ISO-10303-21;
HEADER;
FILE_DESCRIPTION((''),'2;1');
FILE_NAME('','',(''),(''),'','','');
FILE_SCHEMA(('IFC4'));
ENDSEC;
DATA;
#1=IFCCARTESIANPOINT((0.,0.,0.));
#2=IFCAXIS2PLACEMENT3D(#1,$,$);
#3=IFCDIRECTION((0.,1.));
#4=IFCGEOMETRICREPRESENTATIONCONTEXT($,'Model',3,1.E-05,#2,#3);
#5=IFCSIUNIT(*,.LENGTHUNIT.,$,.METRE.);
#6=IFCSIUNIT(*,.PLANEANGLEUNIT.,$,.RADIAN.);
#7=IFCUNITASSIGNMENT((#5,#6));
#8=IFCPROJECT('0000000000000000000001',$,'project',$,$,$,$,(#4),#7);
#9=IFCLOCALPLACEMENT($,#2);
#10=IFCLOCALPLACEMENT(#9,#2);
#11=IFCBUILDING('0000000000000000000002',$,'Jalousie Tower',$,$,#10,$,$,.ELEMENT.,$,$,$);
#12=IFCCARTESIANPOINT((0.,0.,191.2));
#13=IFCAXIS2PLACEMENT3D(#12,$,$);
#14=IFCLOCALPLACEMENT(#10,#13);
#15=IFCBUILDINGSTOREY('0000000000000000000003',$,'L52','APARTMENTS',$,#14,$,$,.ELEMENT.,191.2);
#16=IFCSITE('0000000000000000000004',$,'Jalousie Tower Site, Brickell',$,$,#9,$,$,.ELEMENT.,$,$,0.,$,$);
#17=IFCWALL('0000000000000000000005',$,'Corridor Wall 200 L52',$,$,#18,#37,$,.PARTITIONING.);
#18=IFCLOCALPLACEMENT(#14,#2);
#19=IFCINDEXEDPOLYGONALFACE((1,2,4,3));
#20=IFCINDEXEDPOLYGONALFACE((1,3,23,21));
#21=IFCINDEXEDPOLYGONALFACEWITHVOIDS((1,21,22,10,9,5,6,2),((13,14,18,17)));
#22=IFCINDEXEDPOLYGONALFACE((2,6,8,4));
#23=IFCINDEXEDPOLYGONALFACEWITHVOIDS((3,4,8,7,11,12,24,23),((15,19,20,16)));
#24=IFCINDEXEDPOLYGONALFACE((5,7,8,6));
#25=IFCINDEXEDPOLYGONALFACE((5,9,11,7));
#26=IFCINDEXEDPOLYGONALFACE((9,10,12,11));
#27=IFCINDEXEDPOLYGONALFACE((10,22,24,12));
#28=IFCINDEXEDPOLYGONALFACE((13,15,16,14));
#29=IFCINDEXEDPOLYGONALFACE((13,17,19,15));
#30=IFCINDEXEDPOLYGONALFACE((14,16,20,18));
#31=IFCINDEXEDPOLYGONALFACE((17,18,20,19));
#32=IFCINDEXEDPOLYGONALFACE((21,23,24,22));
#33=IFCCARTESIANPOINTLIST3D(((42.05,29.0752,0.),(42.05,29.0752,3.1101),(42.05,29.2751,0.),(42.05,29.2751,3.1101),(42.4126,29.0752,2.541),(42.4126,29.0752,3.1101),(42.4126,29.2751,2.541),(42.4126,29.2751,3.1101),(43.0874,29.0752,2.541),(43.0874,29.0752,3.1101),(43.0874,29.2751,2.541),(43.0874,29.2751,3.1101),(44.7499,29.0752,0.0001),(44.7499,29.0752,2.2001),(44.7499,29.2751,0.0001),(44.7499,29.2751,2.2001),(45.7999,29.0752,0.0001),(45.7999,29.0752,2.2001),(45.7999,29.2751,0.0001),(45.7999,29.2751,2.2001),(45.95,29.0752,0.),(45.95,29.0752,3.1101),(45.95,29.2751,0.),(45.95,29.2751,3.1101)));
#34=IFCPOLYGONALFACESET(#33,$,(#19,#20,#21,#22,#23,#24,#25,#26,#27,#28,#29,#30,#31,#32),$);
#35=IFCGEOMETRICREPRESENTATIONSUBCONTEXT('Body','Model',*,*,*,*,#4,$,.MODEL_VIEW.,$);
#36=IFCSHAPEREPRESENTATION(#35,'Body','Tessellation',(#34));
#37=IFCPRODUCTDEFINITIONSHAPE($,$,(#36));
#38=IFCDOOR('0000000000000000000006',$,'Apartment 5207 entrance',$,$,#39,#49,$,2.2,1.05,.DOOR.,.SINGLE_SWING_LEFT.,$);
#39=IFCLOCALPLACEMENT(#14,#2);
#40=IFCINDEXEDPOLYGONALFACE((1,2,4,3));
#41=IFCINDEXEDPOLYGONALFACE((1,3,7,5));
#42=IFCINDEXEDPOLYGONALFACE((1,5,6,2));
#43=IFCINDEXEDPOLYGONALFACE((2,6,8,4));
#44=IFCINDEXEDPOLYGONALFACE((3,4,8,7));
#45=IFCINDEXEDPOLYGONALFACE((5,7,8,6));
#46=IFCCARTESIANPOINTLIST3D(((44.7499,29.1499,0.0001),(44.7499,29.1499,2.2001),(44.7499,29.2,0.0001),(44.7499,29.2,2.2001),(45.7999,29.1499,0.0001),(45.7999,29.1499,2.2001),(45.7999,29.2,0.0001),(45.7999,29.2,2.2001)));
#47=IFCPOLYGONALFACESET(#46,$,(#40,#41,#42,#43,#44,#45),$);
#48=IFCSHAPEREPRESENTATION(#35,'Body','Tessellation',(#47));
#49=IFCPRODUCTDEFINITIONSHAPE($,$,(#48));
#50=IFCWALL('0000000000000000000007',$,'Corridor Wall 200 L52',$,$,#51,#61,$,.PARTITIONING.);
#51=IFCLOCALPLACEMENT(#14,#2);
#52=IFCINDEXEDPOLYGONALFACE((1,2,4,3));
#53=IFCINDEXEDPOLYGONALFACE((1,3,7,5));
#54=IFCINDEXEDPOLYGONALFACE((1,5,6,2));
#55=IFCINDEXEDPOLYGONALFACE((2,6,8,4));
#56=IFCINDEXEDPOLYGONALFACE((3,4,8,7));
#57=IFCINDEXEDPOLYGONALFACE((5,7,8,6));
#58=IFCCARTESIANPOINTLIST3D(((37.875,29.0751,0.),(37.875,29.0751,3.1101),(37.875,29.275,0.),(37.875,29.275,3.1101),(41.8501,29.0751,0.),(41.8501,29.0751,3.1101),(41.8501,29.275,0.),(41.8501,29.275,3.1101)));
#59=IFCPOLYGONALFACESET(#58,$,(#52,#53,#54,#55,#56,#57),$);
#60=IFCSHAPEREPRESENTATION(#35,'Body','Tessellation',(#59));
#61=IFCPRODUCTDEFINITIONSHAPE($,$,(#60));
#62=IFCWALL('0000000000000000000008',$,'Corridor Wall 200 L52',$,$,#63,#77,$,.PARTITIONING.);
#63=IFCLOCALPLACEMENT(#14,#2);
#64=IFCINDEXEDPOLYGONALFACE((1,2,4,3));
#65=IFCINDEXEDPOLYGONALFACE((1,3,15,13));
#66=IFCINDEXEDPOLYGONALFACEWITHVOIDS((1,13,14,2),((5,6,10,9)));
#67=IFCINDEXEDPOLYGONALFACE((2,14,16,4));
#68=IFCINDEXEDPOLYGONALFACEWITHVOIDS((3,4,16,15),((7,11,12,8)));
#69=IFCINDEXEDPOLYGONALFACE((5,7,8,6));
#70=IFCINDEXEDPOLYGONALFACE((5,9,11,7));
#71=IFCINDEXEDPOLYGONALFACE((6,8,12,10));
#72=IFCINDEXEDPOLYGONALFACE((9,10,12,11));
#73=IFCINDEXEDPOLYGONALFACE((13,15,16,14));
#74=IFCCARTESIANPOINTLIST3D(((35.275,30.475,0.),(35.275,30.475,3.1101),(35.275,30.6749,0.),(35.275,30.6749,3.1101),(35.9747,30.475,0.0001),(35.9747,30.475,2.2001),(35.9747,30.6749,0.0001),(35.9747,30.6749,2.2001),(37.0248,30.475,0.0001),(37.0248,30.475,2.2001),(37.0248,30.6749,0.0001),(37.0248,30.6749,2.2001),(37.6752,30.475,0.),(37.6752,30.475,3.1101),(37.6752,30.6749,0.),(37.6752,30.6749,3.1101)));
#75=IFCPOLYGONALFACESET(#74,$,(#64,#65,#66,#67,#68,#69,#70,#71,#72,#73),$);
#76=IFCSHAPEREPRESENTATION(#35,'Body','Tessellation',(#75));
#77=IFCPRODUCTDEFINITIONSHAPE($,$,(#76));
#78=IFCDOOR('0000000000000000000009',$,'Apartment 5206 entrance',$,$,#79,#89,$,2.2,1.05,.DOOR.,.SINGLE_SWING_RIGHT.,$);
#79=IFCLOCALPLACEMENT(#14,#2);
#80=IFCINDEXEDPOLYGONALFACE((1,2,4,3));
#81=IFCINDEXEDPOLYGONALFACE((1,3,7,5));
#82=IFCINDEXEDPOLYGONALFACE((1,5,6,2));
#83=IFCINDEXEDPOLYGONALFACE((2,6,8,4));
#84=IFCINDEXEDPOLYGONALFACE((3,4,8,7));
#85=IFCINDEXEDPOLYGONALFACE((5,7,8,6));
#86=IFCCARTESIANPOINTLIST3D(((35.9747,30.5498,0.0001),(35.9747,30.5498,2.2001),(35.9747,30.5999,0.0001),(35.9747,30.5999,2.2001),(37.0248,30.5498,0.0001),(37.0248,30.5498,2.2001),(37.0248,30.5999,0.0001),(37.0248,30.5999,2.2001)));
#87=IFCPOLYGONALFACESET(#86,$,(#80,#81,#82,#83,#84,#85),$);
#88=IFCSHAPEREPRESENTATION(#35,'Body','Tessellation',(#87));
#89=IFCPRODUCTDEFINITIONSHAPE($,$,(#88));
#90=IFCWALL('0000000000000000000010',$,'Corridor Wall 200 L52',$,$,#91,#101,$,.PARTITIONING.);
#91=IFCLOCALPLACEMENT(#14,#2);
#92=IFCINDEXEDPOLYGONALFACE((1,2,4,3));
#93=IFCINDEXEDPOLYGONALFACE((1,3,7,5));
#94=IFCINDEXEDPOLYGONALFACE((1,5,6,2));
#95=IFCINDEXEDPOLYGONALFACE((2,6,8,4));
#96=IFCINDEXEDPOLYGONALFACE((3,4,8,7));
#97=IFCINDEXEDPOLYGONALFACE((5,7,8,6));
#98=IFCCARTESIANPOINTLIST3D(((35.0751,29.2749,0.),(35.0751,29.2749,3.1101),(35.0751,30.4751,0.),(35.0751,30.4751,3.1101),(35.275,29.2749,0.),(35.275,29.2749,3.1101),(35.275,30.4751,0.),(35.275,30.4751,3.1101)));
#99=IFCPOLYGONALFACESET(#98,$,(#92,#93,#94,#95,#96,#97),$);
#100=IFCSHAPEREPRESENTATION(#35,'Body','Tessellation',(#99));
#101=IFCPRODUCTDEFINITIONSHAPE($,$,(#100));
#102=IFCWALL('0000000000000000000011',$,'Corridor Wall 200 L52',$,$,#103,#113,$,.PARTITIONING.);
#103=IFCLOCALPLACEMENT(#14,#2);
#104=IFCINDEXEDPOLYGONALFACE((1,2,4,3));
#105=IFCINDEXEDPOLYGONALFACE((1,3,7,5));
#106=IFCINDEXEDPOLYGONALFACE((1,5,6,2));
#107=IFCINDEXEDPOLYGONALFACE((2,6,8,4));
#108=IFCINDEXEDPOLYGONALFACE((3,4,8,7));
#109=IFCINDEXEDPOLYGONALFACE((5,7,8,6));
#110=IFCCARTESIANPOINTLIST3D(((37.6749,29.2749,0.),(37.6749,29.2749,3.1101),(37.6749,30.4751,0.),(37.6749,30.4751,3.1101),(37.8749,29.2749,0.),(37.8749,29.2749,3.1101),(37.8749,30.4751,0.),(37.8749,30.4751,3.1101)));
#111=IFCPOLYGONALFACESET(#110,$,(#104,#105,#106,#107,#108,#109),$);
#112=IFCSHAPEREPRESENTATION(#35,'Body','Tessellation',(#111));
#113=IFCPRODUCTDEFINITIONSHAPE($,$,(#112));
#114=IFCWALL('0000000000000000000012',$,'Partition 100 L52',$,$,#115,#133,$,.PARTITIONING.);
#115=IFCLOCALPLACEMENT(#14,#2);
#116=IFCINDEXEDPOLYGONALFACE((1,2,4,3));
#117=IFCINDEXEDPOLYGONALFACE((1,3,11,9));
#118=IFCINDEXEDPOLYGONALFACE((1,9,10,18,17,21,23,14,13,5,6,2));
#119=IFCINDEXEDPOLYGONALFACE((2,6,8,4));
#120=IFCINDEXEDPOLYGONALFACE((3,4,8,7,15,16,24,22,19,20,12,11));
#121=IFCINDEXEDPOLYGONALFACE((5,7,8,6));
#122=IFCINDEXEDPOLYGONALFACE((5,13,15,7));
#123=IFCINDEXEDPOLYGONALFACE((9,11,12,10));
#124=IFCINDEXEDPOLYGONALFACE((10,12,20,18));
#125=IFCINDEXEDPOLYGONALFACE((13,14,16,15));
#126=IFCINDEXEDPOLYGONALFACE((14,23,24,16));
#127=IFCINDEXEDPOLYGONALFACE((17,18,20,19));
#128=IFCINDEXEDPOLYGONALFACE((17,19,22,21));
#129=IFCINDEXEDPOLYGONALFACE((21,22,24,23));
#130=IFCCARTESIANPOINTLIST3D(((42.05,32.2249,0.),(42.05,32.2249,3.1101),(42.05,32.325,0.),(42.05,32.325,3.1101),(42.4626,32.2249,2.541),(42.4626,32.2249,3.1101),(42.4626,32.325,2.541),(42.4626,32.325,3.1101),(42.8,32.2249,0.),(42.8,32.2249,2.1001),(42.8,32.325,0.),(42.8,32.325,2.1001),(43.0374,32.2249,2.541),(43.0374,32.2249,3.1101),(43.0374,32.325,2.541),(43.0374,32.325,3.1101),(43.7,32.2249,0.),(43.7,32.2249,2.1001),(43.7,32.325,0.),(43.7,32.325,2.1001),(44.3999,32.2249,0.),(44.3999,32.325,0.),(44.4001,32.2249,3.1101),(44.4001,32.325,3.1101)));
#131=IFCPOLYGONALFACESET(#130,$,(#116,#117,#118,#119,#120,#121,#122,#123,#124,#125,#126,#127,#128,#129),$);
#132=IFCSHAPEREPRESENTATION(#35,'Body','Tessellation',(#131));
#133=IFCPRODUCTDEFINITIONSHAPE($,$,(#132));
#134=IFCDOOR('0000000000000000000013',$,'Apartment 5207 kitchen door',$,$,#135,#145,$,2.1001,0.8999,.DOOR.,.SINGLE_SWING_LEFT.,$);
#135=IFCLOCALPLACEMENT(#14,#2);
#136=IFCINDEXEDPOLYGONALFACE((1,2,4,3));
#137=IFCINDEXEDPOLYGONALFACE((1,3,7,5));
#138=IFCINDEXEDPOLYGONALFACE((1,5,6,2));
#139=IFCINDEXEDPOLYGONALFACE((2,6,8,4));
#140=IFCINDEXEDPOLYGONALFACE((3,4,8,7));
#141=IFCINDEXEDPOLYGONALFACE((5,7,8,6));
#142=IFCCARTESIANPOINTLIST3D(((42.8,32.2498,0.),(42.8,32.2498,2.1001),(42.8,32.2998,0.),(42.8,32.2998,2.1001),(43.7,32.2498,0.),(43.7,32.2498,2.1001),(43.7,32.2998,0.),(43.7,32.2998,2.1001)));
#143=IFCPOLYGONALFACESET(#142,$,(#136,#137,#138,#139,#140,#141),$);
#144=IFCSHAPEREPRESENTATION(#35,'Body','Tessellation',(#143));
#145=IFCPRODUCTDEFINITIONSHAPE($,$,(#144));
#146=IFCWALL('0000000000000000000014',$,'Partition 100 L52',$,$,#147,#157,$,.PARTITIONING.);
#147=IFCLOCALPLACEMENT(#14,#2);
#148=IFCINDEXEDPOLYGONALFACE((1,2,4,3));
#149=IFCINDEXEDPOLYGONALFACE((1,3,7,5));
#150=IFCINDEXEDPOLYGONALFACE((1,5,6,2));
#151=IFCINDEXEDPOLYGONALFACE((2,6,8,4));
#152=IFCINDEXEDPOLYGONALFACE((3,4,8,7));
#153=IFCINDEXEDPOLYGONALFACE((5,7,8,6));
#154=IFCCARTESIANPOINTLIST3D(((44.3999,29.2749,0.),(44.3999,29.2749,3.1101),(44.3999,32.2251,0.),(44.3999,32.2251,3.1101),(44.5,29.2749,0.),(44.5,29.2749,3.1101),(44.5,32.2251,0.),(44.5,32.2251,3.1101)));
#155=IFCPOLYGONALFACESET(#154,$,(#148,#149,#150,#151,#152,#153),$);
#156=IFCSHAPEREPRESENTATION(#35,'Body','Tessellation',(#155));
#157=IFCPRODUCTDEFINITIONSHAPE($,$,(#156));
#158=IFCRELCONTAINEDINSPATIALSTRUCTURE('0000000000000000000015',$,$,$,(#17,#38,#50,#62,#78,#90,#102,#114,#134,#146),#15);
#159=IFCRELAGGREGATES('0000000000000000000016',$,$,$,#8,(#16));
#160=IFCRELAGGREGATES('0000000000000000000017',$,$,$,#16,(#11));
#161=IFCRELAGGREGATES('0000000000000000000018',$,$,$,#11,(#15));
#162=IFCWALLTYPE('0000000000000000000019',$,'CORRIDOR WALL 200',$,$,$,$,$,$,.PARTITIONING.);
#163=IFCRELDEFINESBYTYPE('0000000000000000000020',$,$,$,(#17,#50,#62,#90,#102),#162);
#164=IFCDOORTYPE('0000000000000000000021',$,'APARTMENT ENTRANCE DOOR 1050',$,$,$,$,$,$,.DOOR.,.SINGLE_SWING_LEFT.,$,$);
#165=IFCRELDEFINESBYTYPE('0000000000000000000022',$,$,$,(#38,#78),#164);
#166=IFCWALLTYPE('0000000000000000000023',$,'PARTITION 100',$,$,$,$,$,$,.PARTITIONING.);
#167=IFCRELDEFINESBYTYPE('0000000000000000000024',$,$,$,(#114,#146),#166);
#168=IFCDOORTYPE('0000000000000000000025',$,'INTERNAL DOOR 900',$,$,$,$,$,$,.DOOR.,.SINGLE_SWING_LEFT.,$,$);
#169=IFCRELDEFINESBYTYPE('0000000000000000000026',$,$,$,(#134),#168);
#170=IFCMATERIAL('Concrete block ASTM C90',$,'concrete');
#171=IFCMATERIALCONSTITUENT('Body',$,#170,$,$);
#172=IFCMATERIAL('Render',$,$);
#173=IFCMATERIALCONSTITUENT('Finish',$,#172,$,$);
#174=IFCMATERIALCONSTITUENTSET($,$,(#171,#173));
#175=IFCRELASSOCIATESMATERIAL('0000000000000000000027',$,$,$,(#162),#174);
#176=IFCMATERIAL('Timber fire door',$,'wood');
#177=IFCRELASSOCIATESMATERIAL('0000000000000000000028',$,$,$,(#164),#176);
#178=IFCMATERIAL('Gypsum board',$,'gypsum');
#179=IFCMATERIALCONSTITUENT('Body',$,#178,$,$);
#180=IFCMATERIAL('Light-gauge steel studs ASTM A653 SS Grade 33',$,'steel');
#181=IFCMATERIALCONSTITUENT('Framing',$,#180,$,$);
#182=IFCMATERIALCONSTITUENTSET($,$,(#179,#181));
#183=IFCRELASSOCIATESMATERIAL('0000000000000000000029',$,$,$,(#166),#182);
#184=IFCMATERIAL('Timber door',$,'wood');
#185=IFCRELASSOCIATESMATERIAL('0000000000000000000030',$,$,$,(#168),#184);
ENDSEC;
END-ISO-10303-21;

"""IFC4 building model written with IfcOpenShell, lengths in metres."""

from ifc_helpers import new_model, si_unit, direction, frame, frame_2d, origin, place, context, subcontext, project, spatial, polyline, rectangle, outline, extrude, material, constituent, constituent_set, type_object, element, fill, save


model = new_model("IFC4")

# Units and contexts
model_context = context("Model", 3, precision=1e-05, world=origin(), true_north=direction((0.0, 1.0)))
body_context = subcontext(model_context, "Body", "Model", "MODEL_VIEW")
ifc_project = project(units=[si_unit("LENGTHUNIT", "METRE"), si_unit("PLANEANGLEUNIT", "RADIAN")], contexts=[model_context])

# Site, building, storey
site_placement = place(None, origin())
site = spatial("IfcSite", under=ifc_project, at=site_placement, Name="Jalousie Tower Site, Brickell", CompositionType="ELEMENT", RefElevation=0.0)
building_placement = place(site_placement, origin())
building = spatial("IfcBuilding", under=site, at=building_placement, Name="Jalousie Tower", CompositionType="ELEMENT")
storey_placement = place(building_placement, frame((0.0, 0.0, 191.2)))
storey = spatial("IfcBuildingStorey", under=building, at=storey_placement, Name="L52", Description="APARTMENTS", CompositionType="ELEMENT", Elevation=191.2)

# Wall, opening, door
ifc_material_1 = material(Name="Concrete block ASTM C90", Category="concrete")
ifc_constituent_1 = constituent(ifc_material_1, Name="Body")
ifc_material_2 = material(Name="Render")
ifc_constituent_2 = constituent(ifc_material_2, Name="Finish")
ifc_constituent_set_1 = constituent_set(constituents=[ifc_constituent_1, ifc_constituent_2])
wall_type_1 = type_object("IfcWallType", Name="CORRIDOR WALL 200", PredefinedType="PARTITIONING", material=ifc_constituent_set_1)
wall_1_placement = place(storey_placement, frame((42.05, 29.175, 0.0), z_axis=(0.0, 0.0, 1.0), x_axis=(1.0, 0.0, 0.0)))
wall_1 = element("IfcWall", 1, at=wall_1_placement, inside=storey, type_object=wall_type_1, Name="Corridor Wall 200 L52", PredefinedType="PARTITIONING", context=body_context, shape_type="SweptSolid", body=[
    extrude(outline(polyline([(0.0, 0.0), (3.8999, 0.0), (3.8999, 3.1101), (1.0374, 3.1101), (1.0374, 2.541), (0.3625, 2.541), (0.3625, 3.1101), (0.0, 3.1101), (0.0, 0.0)])), frame((0.0, 0.1001, 0.0), z_axis=(0.0, -1.0, 0.0), x_axis=(1.0, 0.0, 0.0)), (0.0, 0.0, 1.0), 0.2),
])
opening_1_placement = place(wall_1_placement, frame((2.7, 0.0, 0.0)))
opening_1 = element("IfcOpeningElement", 2, at=opening_1_placement, cuts=wall_1, PredefinedType="OPENING", context=body_context, shape_type="SweptSolid", body=[
    extrude(rectangle(XDim=1.05, YDim=2.2, at=frame_2d((0.5249, 1.1001))), frame((0.0, 0.1099, 0.0), z_axis=(0.0, -1.0, 0.0), x_axis=(1.0, 0.0, 0.0)), (0.0, 0.0, 1.0), 0.22),
])
ifc_material_3 = material(Name="Timber fire door", Category="wood")
door_type_1 = type_object("IfcDoorType", Name="APARTMENT ENTRANCE DOOR 1050", OperationType="SINGLE_SWING_LEFT", PredefinedType="DOOR", material=ifc_material_3)
door_1_placement = place(opening_1_placement, origin())
door_1 = element("IfcDoor", 3, at=door_1_placement, inside=storey, type_object=door_type_1, Name="Apartment 5207 entrance", OperationType="SINGLE_SWING_LEFT", OverallHeight=2.2, OverallWidth=1.05, PredefinedType="DOOR", context=body_context, shape_type="SweptSolid", body=[
    extrude(rectangle(XDim=1.05, YDim=2.2, at=frame_2d((0.5249, 1.1001))), frame((0.0, 0.0249, 0.0), z_axis=(0.0, -1.0, 0.0), x_axis=(1.0, 0.0, 0.0)), (0.0, 0.0, 1.0), 0.05),
])
fill(opening_1, door_1)

# Wall
wall_2_placement = place(storey_placement, frame((37.875, 29.175, 0.0), z_axis=(0.0, 0.0, 1.0), x_axis=(1.0, 0.0, 0.0)))
element("IfcWall", 4, at=wall_2_placement, inside=storey, type_object=wall_type_1, Name="Corridor Wall 200 L52", PredefinedType="PARTITIONING", context=body_context, shape_type="SweptSolid", body=[
    extrude(rectangle(XDim=3.9751, YDim=0.2, at=frame_2d((1.9875, 0.0))), origin(), (0.0, 0.0, 1.0), 3.1101),
])

# Wall, opening, door
wall_3_placement = place(storey_placement, frame((35.2749, 30.575, 0.0), z_axis=(0.0, 0.0, 1.0), x_axis=(1.0, 0.0, 0.0)))
wall_3 = element("IfcWall", 5, at=wall_3_placement, inside=storey, type_object=wall_type_1, Name="Corridor Wall 200 L52", PredefinedType="PARTITIONING", context=body_context, shape_type="SweptSolid", body=[
    extrude(rectangle(XDim=2.4001, YDim=0.2, at=frame_2d((1.2002, 0.0))), origin(), (0.0, 0.0, 1.0), 3.1101),
])
opening_2_placement = place(wall_3_placement, frame((0.7, 0.0, 0.0)))
opening_2 = element("IfcOpeningElement", 6, at=opening_2_placement, cuts=wall_3, PredefinedType="OPENING", context=body_context, shape_type="SweptSolid", body=[
    extrude(rectangle(XDim=1.05, YDim=2.2, at=frame_2d((0.5249, 1.1001))), frame((0.0, 0.1099, 0.0), z_axis=(0.0, -1.0, 0.0), x_axis=(1.0, 0.0, 0.0)), (0.0, 0.0, 1.0), 0.22),
])
door_2_placement = place(opening_2_placement, origin())
door_2 = element("IfcDoor", 7, at=door_2_placement, inside=storey, type_object=door_type_1, Name="Apartment 5206 entrance", OperationType="SINGLE_SWING_RIGHT", OverallHeight=2.2, OverallWidth=1.05, PredefinedType="DOOR", context=body_context, shape_type="SweptSolid", body=[
    extrude(rectangle(XDim=1.05, YDim=2.2, at=frame_2d((0.5249, 1.1001))), frame((0.0, 0.0249, 0.0), z_axis=(0.0, -1.0, 0.0), x_axis=(1.0, 0.0, 0.0)), (0.0, 0.0, 1.0), 0.05),
])
fill(opening_2, door_2)

# Walls
for number, where, z_axis, x_axis, name in (
    (8, (35.175, 29.2749, 0.0), (0.0, 0.0, 1.0), (0.0, 1.0, 0.0), "Corridor Wall 200 L52"),
    (9, (37.7749, 29.2749, 0.0), (0.0, 0.0, 1.0), (0.0, 1.0, 0.0), "Corridor Wall 200 L52"),
):
    element("IfcWall", number, at=place(storey_placement, frame(where, z_axis=z_axis, x_axis=x_axis)), inside=storey, type_object=wall_type_1, Name=name, PredefinedType="PARTITIONING", context=body_context, shape_type="SweptSolid", body=[
        extrude(rectangle(XDim=1.2002, YDim=0.2, at=frame_2d((0.6001, 0.0))), origin(), (0.0, 0.0, 1.0), 3.1101),
    ])

# Wall, opening, door
ifc_material_4 = material(Name="Gypsum board", Category="gypsum")
ifc_constituent_3 = constituent(ifc_material_4, Name="Body")
ifc_material_5 = material(Name="Light-gauge steel studs ASTM A653 SS Grade 33", Category="steel")
ifc_constituent_4 = constituent(ifc_material_5, Name="Framing")
ifc_constituent_set_2 = constituent_set(constituents=[ifc_constituent_3, ifc_constituent_4])
wall_type_2 = type_object("IfcWallType", Name="PARTITION 100", PredefinedType="PARTITIONING", material=ifc_constituent_set_2)
wall_4_placement = place(storey_placement, frame((42.05, 32.2749, 0.0), z_axis=(0.0, 0.0, 1.0), x_axis=(1.0, 0.0, 0.0)))
wall_4 = element("IfcWall", 10, at=wall_4_placement, inside=storey, type_object=wall_type_2, Name="Partition 100 L52", PredefinedType="PARTITIONING", context=body_context, shape_type="SweptSolid", body=[
    extrude(outline(polyline([(0.0, 0.0), (2.3499, 0.0), (2.3501, 3.1101), (0.9873, 3.1101), (0.9873, 2.541), (0.4126, 2.541), (0.4126, 3.1101), (0.0, 3.1101), (0.0, 0.0)])), frame((0.0, 0.05, 0.0), z_axis=(0.0, -1.0, 0.0), x_axis=(1.0, 0.0, 0.0)), (0.0, 0.0, 1.0), 0.1001),
])
opening_3_placement = place(wall_4_placement, frame((0.75, 0.0, 0.0)))
opening_3 = element("IfcOpeningElement", 11, at=opening_3_placement, cuts=wall_4, PredefinedType="OPENING", context=body_context, shape_type="SweptSolid", body=[
    extrude(rectangle(XDim=0.8999, YDim=2.1001, at=frame_2d((0.45, 1.05))), frame((0.0, 0.0601, 0.0), z_axis=(0.0, -1.0, 0.0), x_axis=(1.0, 0.0, 0.0)), (0.0, 0.0, 1.0), 0.1201),
])
ifc_material_6 = material(Name="Timber door", Category="wood")
door_type_2 = type_object("IfcDoorType", Name="INTERNAL DOOR 900", OperationType="SINGLE_SWING_LEFT", PredefinedType="DOOR", material=ifc_material_6)
door_3_placement = place(opening_3_placement, origin())
door_3 = element("IfcDoor", 12, at=door_3_placement, inside=storey, type_object=door_type_2, Name="Apartment 5207 kitchen door", OperationType="SINGLE_SWING_LEFT", OverallHeight=2.1001, OverallWidth=0.8999, PredefinedType="DOOR", context=body_context, shape_type="SweptSolid", body=[
    extrude(rectangle(XDim=0.8999, YDim=2.1001, at=frame_2d((0.45, 1.05))), frame((0.0, 0.0249, 0.0), z_axis=(0.0, -1.0, 0.0), x_axis=(1.0, 0.0, 0.0)), (0.0, 0.0, 1.0), 0.05),
])
fill(opening_3, door_3)

# Wall
wall_5_placement = place(storey_placement, frame((44.45, 32.2251, 0.0), z_axis=(0.0, 0.0, 1.0), x_axis=(0.0, -1.0, 0.0)))
element("IfcWall", 13, at=wall_5_placement, inside=storey, type_object=wall_type_2, Name="Partition 100 L52", PredefinedType="PARTITIONING", context=body_context, shape_type="SweptSolid", body=[
    extrude(rectangle(XDim=2.9502, YDim=0.1001, at=frame_2d((1.4751, 0.0))), origin(), (0.0, 0.0, 1.0), 3.1101),
])

save(model, "model.ifc")
